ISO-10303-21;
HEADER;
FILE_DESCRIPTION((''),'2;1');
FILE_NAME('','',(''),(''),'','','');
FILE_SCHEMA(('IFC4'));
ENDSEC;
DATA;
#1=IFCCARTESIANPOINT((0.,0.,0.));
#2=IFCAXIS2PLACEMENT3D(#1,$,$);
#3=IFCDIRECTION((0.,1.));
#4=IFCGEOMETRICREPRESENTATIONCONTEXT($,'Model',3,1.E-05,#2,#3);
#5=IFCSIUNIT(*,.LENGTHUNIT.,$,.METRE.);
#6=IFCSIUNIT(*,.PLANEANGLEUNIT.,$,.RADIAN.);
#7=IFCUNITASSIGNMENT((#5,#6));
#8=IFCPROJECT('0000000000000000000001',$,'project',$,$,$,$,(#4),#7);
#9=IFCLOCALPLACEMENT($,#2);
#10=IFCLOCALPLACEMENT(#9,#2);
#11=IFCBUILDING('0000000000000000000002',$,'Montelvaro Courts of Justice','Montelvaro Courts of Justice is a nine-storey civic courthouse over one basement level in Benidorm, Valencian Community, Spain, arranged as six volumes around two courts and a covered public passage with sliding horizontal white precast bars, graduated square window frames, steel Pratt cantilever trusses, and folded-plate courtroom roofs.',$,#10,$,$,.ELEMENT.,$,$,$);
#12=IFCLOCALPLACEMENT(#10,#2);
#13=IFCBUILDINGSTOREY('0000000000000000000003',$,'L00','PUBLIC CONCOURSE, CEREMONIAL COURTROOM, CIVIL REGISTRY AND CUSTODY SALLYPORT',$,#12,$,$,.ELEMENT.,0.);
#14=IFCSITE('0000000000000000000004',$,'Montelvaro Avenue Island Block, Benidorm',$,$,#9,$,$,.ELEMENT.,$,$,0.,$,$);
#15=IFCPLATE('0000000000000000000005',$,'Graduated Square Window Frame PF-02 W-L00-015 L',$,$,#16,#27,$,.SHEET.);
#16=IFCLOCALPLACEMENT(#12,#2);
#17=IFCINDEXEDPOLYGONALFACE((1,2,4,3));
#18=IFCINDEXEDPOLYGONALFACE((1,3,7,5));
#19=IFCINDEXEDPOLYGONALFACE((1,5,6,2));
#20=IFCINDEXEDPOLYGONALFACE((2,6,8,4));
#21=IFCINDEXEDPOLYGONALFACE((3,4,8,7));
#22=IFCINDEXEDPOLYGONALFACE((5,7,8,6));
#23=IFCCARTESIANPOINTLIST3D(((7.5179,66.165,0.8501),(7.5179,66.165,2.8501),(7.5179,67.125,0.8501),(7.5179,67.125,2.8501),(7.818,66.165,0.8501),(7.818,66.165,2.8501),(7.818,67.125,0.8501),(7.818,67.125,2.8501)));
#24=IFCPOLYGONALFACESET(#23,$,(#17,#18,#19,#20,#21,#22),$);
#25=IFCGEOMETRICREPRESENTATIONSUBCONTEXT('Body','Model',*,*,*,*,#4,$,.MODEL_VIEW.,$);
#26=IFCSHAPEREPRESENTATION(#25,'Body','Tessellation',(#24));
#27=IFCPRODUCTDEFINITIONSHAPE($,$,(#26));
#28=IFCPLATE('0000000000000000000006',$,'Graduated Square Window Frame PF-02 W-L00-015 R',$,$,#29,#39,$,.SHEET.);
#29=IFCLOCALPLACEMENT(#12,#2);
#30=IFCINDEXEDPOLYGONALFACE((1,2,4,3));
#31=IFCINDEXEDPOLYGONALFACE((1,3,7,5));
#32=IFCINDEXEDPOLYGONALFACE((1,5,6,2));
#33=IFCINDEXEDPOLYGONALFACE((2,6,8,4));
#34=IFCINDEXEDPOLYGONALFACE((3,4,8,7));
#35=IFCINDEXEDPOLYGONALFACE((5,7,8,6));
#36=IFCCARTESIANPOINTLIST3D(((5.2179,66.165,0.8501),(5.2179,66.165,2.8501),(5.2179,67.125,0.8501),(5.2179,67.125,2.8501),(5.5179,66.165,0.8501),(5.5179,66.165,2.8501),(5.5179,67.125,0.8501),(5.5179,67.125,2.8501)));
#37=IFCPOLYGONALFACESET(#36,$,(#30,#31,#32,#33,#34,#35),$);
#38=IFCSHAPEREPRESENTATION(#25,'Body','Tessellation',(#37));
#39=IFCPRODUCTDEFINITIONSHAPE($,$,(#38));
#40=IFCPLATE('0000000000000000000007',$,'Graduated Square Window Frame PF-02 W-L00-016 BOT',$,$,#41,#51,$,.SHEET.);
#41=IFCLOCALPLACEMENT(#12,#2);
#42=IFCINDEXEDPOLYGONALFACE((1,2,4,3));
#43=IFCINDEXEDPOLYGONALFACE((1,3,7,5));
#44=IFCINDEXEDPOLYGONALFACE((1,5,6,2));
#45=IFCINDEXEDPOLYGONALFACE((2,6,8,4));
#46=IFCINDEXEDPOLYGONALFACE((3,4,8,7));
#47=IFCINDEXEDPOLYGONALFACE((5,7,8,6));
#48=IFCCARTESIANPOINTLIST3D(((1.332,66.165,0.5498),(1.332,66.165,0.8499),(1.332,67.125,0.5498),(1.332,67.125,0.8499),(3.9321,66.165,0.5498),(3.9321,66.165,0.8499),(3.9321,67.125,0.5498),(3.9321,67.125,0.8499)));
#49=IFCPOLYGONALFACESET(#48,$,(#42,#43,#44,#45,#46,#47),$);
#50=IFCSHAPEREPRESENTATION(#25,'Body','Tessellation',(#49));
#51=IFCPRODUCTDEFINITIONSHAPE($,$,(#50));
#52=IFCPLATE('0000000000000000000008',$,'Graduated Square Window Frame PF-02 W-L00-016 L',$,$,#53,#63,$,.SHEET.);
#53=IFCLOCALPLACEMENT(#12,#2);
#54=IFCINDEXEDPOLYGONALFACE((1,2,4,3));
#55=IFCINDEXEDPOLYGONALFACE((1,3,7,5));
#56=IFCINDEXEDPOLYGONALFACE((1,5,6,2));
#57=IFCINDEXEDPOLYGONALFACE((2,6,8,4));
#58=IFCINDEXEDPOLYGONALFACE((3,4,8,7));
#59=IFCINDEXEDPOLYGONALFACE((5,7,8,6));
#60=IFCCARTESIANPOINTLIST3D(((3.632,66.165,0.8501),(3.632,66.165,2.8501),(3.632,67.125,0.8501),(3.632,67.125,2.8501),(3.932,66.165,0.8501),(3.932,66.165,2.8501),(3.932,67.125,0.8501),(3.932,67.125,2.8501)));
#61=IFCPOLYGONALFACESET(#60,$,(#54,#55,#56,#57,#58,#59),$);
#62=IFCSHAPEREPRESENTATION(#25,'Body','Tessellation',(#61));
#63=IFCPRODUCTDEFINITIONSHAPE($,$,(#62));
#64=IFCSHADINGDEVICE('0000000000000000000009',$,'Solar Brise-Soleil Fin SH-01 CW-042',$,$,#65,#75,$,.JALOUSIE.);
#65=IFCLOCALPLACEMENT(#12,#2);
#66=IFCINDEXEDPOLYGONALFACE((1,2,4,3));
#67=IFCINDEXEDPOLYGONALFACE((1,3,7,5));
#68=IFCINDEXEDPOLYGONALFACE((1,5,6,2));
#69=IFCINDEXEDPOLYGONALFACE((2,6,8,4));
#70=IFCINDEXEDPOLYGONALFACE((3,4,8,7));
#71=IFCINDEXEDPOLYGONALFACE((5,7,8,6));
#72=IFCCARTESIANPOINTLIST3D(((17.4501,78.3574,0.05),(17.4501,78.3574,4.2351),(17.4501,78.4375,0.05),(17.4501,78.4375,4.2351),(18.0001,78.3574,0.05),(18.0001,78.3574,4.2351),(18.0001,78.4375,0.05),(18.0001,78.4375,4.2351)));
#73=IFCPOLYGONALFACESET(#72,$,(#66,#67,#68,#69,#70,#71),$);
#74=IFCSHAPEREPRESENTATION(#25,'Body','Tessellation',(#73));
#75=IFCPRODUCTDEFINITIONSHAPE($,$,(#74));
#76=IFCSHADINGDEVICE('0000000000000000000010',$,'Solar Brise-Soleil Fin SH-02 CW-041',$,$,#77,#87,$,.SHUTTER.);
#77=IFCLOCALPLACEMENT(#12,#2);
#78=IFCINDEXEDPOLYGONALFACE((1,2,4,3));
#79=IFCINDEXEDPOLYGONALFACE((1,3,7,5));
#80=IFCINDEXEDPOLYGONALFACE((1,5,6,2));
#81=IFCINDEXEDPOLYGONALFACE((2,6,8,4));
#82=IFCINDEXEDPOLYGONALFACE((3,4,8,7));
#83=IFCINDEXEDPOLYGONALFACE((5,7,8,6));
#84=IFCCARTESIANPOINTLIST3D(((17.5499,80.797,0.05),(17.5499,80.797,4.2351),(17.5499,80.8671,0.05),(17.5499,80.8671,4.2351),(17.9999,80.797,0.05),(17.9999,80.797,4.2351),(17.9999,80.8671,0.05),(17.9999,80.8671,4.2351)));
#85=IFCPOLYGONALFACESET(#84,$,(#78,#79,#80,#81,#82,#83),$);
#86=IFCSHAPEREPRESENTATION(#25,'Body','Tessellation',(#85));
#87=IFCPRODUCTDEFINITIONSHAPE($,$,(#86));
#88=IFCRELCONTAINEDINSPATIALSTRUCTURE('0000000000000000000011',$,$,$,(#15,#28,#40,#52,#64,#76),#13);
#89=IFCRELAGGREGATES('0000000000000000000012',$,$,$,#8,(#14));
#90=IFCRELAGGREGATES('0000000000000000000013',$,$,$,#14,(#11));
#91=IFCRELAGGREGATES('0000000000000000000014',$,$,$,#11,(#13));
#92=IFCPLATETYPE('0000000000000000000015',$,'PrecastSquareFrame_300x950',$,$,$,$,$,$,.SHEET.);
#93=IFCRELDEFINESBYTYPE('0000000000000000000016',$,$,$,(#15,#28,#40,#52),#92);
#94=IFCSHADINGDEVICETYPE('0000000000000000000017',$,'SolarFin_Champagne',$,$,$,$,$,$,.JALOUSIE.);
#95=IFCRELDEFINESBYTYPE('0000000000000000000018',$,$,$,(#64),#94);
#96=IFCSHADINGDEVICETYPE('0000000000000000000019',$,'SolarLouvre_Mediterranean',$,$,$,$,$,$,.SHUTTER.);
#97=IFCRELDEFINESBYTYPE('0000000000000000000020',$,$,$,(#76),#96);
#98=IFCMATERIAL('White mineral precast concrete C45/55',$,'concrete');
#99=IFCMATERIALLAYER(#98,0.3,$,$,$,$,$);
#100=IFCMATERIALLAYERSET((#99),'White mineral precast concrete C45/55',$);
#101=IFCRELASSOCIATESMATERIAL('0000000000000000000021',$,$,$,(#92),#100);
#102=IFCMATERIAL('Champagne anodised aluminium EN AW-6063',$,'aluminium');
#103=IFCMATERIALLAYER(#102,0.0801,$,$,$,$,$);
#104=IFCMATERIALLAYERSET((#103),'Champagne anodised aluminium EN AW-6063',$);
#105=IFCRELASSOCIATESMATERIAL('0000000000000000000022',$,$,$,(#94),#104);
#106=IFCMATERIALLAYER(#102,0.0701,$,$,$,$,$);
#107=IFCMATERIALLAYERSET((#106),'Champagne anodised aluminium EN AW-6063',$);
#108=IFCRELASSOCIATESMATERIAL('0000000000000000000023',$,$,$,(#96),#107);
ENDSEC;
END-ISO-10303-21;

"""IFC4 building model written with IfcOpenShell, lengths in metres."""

from ifc_helpers import new_model, si_unit, direction, frame, origin, origin_2d, place, context, subcontext, project, spatial, rectangle, extrude, material, layer, layer_set, type_object, element, save


model = new_model("IFC4")

# Units and contexts
model_context = context("Model", 3, precision=1e-05, world=origin(), true_north=direction((0.0, 1.0)))
body_context = subcontext(model_context, "Body", "Model", "MODEL_VIEW")
ifc_project = project(units=[si_unit("LENGTHUNIT", "METRE"), si_unit("PLANEANGLEUNIT", "RADIAN")], contexts=[model_context])

# Site, building, storey
site_placement = place(None, origin())
site = spatial("IfcSite", under=ifc_project, at=site_placement, Name="Montelvaro Avenue Island Block, Benidorm", CompositionType="ELEMENT", RefElevation=0.0)
building_placement = place(site_placement, origin())
building = spatial("IfcBuilding", under=site, at=building_placement, Name="Montelvaro Courts of Justice", Description="Montelvaro Courts of Justice is a nine-storey civic courthouse over one basement level in Benidorm, Valencian Community, Spain, arranged as six volumes around two courts and a covered public passage with sliding horizontal white precast bars, graduated square window frames, steel Pratt cantilever trusses, and folded-plate courtroom roofs.", CompositionType="ELEMENT")
storey_placement = place(building_placement, origin())
storey = spatial("IfcBuildingStorey", under=building, at=storey_placement, Name="L00", Description="PUBLIC CONCOURSE, CEREMONIAL COURTROOM, CIVIL REGISTRY AND CUSTODY SALLYPORT", CompositionType="ELEMENT", Elevation=0.0)

# Plates
ifc_material_1 = material(Name="White mineral precast concrete C45/55", Category="concrete")
ifc_layer_1 = layer(ifc_material_1, 0.3)
ifc_layer_set_1 = layer_set([ifc_layer_1], Name="White mineral precast concrete C45/55")
plate_type_1 = type_object("IfcPlateType", Name="PrecastSquareFrame_300x950", PredefinedType="SHEET", material=ifc_layer_set_1)
for number, where, z_axis, x_axis, name in (
    (1, (7.668, 66.645, 0.8501), (0.0, 0.0, 1.0), (-1.0, 0.0, 0.0), "Graduated Square Window Frame PF-02 W-L00-015 L"),
    (2, (5.3679, 66.645, 0.8501), (0.0, 0.0, 1.0), (-1.0, 0.0, 0.0), "Graduated Square Window Frame PF-02 W-L00-015 R"),
):
    element("IfcPlate", number, at=place(storey_placement, frame(where, z_axis=z_axis, x_axis=x_axis)), inside=storey, type_object=plate_type_1, Name=name, PredefinedType="SHEET", context=body_context, shape_type="SweptSolid", body=[
        extrude(rectangle(XDim=0.3, YDim=0.96, at=origin_2d()), origin(), (0.0, 0.0, 1.0), 2.0),
    ])
plate_1_placement = place(storey_placement, frame((2.6321, 66.645, 0.5498), z_axis=(0.0, 0.0, 1.0), x_axis=(-1.0, 0.0, 0.0)))
element("IfcPlate", 3, at=plate_1_placement, inside=storey, type_object=plate_type_1, Name="Graduated Square Window Frame PF-02 W-L00-016 BOT", PredefinedType="SHEET", context=body_context, shape_type="SweptSolid", body=[
    extrude(rectangle(XDim=2.6001, YDim=0.96, at=origin_2d()), origin(), (0.0, 0.0, 1.0), 0.3),
])
plate_2_placement = place(storey_placement, frame((3.782, 66.645, 0.8501), z_axis=(0.0, 0.0, 1.0), x_axis=(-1.0, 0.0, 0.0)))
element("IfcPlate", 4, at=plate_2_placement, inside=storey, type_object=plate_type_1, Name="Graduated Square Window Frame PF-02 W-L00-016 L", PredefinedType="SHEET", context=body_context, shape_type="SweptSolid", body=[
    extrude(rectangle(XDim=0.3, YDim=0.96, at=origin_2d()), origin(), (0.0, 0.0, 1.0), 2.0),
])

# Shading devices
ifc_material_2 = material(Name="Champagne anodised aluminium EN AW-6063", Category="aluminium")
ifc_layer_2 = layer(ifc_material_2, 0.0801)
ifc_layer_set_2 = layer_set([ifc_layer_2], Name="Champagne anodised aluminium EN AW-6063")
shading_device_type_1 = type_object("IfcShadingDeviceType", Name="SolarFin_Champagne", PredefinedType="JALOUSIE", material=ifc_layer_set_2)
shading_device_1_placement = place(storey_placement, frame((17.7251, 78.3975, 0.05), z_axis=(0.0, 0.0, 1.0), x_axis=(0.0, -1.0, 0.0)))
element("IfcShadingDevice", 5, at=shading_device_1_placement, inside=storey, type_object=shading_device_type_1, Name="Solar Brise-Soleil Fin SH-01 CW-042", PredefinedType="JALOUSIE", context=body_context, shape_type="SweptSolid", body=[
    extrude(rectangle(XDim=0.0801, YDim=0.55, at=origin_2d()), origin(), (0.0, 0.0, 1.0), 4.1851),
])
ifc_layer_3 = layer(ifc_material_2, 0.0701)
ifc_layer_set_3 = layer_set([ifc_layer_3], Name="Champagne anodised aluminium EN AW-6063")
shading_device_type_2 = type_object("IfcShadingDeviceType", Name="SolarLouvre_Mediterranean", PredefinedType="SHUTTER", material=ifc_layer_set_3)
shading_device_2_placement = place(storey_placement, frame((17.7749, 80.832, 0.05), z_axis=(0.0, 0.0, 1.0), x_axis=(0.0, -1.0, 0.0)))
element("IfcShadingDevice", 6, at=shading_device_2_placement, inside=storey, type_object=shading_device_type_2, Name="Solar Brise-Soleil Fin SH-02 CW-041", PredefinedType="SHUTTER", context=body_context, shape_type="SweptSolid", body=[
    extrude(rectangle(XDim=0.0701, YDim=0.45, at=origin_2d()), origin(), (0.0, 0.0, 1.0), 4.1851),
])

save(model, "model.ifc")
